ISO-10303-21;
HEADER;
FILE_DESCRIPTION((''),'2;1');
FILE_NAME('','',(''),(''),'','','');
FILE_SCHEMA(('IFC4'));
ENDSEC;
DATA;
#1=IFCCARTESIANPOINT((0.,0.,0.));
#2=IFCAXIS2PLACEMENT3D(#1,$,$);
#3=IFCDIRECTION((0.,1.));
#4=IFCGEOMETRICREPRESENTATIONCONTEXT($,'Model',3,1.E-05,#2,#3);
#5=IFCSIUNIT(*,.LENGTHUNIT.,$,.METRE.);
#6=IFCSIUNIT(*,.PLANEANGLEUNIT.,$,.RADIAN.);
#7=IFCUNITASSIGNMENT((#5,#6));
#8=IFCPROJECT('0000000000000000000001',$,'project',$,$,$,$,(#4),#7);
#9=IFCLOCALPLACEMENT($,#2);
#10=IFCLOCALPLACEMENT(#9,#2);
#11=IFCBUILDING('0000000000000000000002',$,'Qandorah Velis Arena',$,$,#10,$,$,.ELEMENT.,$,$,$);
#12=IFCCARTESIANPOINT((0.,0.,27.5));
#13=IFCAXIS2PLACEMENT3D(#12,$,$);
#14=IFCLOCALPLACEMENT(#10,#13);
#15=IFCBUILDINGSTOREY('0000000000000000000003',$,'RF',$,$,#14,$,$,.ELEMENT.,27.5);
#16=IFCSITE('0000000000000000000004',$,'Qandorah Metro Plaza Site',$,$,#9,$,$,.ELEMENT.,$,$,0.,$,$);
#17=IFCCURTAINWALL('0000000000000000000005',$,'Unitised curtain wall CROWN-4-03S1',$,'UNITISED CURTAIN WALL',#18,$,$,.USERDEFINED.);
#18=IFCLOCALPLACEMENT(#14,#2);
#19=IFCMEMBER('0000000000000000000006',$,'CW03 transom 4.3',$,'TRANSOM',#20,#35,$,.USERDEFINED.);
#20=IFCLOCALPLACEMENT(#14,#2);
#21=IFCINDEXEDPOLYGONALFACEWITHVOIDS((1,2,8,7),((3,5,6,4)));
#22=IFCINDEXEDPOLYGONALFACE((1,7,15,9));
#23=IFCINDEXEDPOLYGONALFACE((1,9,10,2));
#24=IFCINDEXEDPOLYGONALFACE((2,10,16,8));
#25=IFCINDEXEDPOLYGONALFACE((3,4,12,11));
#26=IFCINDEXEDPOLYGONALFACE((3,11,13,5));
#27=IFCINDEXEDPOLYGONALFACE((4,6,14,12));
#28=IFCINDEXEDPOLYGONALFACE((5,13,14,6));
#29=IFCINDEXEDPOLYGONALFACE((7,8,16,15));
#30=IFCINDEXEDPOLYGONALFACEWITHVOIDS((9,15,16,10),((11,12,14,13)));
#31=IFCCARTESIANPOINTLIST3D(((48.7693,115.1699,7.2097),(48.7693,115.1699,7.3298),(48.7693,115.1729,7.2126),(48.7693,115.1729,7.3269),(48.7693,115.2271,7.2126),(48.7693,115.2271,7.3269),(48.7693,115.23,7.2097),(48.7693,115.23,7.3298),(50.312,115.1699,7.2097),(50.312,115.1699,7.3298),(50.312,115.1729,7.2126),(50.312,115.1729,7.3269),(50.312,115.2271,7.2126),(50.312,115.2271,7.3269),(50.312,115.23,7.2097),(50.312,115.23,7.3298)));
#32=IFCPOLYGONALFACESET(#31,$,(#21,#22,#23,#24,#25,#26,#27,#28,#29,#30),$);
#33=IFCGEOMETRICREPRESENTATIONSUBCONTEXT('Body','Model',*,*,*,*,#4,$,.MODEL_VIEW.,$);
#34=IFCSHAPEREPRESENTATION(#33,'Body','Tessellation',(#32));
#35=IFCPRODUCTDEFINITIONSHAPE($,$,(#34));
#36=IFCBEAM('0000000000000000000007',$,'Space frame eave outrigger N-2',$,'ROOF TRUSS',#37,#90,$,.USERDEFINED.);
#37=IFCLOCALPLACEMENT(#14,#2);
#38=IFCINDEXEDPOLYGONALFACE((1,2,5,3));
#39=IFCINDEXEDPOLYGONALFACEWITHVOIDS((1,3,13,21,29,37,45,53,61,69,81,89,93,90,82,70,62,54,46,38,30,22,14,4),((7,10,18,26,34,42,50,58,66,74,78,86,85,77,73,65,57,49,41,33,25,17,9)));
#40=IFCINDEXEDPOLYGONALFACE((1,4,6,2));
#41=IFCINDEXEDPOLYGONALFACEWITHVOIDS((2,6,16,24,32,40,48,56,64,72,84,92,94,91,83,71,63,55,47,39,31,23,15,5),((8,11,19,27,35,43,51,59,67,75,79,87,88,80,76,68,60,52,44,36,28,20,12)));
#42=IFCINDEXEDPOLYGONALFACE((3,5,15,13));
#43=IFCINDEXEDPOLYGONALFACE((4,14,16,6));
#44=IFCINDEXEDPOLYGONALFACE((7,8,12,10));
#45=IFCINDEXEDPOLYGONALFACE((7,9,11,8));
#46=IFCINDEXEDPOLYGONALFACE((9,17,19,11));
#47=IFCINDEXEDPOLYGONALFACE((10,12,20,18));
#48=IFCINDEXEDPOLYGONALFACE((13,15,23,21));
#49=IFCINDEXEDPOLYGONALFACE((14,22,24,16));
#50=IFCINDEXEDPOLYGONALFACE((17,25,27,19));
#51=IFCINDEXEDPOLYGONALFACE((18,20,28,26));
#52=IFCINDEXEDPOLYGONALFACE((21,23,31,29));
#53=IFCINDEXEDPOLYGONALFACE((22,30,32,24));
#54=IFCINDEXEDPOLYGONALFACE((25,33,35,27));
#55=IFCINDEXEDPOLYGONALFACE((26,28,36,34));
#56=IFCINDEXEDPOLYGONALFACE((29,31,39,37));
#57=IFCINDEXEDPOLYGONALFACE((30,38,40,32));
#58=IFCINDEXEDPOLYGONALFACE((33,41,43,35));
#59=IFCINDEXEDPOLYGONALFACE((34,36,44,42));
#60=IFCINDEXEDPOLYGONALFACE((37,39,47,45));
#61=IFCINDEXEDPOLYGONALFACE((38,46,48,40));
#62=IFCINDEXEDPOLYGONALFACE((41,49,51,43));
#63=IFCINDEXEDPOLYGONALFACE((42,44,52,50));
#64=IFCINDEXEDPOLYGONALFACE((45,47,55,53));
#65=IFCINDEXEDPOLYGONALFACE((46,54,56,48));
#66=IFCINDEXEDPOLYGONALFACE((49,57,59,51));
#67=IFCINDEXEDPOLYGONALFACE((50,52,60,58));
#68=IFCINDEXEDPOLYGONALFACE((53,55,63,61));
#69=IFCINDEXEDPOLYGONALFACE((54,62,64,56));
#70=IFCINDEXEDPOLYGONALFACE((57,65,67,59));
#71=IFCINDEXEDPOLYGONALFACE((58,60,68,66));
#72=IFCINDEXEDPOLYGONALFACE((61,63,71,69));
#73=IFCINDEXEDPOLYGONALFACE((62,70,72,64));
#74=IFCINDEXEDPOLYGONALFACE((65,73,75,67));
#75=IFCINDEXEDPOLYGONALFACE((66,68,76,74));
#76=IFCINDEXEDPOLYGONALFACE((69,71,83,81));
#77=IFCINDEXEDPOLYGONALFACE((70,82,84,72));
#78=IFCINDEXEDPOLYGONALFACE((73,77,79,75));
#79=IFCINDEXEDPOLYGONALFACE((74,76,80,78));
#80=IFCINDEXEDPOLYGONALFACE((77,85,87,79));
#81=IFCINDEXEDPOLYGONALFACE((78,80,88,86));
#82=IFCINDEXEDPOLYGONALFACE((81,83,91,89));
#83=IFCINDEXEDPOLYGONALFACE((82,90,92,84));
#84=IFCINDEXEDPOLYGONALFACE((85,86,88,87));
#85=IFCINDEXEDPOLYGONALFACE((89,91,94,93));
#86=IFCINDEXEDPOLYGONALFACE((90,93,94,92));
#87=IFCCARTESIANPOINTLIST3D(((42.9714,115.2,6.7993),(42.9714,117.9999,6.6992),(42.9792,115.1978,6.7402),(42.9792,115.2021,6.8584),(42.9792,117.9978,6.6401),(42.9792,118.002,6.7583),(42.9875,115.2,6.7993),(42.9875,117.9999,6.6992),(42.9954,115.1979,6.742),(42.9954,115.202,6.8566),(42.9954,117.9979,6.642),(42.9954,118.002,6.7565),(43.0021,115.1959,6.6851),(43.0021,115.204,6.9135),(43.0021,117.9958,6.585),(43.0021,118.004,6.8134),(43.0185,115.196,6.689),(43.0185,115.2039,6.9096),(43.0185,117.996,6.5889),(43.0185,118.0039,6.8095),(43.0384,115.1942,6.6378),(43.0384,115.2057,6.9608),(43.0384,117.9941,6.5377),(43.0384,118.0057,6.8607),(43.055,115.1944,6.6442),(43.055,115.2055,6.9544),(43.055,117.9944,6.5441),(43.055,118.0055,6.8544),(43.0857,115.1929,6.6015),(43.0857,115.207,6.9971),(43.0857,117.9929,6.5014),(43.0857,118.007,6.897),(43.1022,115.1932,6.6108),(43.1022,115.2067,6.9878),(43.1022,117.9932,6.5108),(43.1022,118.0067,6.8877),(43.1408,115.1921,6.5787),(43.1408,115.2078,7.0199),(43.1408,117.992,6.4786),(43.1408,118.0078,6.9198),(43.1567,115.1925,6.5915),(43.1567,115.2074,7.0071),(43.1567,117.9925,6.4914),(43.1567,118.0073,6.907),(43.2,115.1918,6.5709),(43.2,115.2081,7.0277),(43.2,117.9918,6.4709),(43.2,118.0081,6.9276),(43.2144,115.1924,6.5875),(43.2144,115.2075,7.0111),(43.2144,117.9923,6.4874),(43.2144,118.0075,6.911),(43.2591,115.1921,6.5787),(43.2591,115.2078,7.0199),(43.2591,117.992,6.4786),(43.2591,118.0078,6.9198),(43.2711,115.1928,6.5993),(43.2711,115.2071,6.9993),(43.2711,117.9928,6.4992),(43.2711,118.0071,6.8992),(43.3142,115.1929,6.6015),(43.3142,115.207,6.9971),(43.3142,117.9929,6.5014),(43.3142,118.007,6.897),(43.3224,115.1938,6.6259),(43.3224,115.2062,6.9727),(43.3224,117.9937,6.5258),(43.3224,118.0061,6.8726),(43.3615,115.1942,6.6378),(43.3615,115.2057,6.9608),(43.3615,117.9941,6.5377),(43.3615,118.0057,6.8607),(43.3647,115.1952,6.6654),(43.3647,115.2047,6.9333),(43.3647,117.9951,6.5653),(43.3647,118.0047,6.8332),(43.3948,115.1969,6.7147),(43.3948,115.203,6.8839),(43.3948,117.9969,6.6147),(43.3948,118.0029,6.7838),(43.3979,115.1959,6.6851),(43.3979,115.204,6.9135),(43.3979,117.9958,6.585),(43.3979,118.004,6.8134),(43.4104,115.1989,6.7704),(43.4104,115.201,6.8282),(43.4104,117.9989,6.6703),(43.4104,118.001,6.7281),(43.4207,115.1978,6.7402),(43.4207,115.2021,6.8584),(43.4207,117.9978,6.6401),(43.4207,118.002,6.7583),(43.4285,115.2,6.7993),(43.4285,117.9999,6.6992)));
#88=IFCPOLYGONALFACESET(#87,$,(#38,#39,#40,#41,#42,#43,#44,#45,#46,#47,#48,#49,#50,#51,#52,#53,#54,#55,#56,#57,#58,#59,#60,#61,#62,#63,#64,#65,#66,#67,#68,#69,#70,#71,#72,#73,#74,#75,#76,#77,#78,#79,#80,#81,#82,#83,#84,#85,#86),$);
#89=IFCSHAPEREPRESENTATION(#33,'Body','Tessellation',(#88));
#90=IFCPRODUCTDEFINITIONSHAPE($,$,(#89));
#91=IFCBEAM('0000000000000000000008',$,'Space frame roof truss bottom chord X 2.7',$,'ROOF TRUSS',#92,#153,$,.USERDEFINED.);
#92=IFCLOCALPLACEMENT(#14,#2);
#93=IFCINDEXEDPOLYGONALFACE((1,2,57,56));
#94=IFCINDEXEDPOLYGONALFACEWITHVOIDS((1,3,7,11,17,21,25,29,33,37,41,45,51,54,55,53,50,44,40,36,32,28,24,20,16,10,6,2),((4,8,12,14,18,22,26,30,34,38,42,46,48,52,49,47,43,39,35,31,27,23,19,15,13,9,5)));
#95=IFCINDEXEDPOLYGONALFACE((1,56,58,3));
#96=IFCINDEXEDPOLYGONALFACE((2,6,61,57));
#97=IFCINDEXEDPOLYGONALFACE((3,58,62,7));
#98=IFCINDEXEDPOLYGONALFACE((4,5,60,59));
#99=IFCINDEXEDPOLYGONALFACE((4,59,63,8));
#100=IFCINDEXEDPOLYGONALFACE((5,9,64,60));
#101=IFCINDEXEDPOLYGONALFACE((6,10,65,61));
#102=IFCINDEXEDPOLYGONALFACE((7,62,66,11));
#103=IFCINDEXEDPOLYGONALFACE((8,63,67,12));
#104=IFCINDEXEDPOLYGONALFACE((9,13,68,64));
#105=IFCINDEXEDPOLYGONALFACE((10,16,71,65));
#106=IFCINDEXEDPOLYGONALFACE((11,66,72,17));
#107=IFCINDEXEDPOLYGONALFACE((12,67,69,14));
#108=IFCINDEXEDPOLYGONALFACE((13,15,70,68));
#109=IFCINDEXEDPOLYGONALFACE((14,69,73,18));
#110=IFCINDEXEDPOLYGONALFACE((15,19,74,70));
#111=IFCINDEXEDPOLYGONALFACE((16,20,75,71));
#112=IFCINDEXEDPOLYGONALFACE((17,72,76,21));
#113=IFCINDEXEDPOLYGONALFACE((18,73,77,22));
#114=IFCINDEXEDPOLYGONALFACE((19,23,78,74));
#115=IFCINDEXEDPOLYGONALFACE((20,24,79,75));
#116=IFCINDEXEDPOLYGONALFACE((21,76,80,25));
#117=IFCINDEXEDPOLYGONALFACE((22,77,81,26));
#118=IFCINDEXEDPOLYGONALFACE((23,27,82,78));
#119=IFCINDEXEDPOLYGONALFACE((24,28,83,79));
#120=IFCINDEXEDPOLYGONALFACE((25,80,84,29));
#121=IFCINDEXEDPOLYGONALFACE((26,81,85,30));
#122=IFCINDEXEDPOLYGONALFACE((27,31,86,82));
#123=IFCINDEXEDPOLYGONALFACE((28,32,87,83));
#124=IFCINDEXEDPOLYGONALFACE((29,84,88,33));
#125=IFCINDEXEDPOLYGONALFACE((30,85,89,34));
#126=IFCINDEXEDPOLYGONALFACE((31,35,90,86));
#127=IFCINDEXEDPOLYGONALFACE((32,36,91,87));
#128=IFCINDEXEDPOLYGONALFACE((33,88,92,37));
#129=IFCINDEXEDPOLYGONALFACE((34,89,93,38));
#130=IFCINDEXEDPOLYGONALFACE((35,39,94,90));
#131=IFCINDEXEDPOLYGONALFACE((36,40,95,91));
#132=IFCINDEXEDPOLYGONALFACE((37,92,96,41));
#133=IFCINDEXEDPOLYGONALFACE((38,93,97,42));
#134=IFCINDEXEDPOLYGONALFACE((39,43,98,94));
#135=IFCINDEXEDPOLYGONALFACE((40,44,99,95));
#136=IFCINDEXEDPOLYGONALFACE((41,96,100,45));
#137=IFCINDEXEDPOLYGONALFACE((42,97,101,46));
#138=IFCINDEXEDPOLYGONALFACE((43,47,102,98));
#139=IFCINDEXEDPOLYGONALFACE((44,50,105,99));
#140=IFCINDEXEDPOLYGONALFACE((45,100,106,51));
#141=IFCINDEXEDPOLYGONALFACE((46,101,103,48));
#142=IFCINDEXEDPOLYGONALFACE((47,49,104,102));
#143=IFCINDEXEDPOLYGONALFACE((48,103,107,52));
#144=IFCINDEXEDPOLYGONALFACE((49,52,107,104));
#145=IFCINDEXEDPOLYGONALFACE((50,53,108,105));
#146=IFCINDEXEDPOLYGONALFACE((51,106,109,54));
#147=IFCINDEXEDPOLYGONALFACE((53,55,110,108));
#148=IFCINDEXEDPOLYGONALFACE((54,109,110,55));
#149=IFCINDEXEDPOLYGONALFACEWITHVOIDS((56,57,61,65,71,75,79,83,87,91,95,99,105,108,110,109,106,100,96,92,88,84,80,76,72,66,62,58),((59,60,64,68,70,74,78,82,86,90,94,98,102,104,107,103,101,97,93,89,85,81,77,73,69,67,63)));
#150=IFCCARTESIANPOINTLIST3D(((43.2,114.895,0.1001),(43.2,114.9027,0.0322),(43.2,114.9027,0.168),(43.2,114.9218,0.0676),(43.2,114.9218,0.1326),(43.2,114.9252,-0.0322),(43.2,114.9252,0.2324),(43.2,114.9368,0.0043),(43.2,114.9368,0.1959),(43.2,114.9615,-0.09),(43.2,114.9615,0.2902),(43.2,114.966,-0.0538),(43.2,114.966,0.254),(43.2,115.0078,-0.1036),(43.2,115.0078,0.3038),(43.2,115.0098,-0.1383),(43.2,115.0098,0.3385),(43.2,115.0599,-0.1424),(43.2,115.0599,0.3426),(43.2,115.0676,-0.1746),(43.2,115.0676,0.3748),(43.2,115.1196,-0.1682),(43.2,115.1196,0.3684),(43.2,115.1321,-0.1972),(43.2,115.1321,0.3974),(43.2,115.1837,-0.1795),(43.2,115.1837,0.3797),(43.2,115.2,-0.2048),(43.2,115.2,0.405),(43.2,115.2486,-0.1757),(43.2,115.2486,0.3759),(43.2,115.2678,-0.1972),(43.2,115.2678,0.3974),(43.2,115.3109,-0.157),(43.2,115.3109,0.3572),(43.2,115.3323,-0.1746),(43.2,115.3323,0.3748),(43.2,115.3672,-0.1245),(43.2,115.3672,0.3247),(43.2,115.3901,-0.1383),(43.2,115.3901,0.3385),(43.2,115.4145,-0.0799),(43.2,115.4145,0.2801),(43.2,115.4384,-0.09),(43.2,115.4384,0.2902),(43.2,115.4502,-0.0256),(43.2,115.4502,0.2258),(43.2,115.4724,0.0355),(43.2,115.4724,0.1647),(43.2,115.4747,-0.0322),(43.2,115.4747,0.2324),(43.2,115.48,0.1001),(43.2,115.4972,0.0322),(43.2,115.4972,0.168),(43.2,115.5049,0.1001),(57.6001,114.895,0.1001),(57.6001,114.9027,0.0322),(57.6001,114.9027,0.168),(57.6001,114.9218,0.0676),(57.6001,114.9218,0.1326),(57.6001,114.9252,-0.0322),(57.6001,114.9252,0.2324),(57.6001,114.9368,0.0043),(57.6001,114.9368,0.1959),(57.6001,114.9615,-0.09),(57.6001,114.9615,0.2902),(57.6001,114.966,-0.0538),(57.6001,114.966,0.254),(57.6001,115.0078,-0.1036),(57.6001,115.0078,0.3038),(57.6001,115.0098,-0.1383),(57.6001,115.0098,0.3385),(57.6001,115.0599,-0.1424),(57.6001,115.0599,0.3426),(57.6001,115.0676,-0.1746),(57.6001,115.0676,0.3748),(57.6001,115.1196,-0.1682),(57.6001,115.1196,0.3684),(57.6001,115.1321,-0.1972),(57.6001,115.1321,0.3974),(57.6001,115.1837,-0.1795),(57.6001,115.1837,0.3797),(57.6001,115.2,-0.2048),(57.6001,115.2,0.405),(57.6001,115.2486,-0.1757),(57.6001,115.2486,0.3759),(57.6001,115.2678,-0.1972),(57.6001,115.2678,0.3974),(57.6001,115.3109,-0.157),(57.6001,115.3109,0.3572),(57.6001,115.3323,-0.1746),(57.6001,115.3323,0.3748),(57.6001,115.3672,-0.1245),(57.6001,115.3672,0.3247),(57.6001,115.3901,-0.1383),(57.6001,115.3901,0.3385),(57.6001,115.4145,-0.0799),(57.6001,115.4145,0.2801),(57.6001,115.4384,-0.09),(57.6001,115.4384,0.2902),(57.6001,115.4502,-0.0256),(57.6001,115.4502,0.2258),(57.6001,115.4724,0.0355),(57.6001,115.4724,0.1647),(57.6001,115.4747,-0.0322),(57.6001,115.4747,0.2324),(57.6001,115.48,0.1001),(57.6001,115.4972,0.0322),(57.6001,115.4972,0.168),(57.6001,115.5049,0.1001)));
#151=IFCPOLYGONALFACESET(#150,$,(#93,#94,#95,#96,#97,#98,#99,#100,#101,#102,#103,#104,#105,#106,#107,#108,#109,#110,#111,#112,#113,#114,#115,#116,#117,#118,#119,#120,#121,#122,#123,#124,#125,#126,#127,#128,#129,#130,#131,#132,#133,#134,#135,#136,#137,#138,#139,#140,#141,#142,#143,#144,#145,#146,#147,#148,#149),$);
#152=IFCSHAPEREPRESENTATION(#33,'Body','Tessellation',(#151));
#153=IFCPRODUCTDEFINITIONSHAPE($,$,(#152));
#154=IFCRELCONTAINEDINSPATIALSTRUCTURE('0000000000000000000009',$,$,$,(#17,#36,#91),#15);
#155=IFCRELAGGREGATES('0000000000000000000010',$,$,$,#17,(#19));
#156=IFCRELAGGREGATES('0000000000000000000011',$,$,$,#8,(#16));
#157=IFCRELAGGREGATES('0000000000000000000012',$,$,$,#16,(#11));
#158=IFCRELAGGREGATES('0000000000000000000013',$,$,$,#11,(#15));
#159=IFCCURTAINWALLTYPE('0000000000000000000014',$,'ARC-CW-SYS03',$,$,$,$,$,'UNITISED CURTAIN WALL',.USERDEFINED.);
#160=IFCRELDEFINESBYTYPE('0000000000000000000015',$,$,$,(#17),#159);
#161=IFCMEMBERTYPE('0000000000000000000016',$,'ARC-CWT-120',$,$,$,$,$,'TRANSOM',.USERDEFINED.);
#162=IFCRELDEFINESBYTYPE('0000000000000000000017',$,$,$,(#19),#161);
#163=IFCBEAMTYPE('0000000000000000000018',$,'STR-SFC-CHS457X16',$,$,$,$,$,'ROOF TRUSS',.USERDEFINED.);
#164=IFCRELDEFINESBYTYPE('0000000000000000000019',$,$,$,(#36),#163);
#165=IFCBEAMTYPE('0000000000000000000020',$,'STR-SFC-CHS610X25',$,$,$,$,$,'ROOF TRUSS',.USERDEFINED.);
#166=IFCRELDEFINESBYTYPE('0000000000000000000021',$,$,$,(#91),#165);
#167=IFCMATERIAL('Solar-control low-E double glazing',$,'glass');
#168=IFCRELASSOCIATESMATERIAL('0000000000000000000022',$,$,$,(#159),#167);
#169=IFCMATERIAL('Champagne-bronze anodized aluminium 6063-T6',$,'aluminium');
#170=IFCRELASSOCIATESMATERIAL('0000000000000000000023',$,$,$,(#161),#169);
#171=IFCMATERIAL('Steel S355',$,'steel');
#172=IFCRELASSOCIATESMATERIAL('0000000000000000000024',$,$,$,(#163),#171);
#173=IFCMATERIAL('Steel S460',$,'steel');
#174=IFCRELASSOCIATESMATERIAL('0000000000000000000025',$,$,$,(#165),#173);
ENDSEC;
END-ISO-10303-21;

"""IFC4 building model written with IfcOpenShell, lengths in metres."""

from ifc_helpers import new_model, si_unit, direction, frame, origin, origin_2d, place, context, subcontext, project, spatial, hollow_rectangle, hollow_circle, extrude, material, material_profile, profile_set, type_object, element, aggregate, save


model = new_model("IFC4")

# Units and contexts
model_context = context("Model", 3, precision=1e-05, world=origin(), true_north=direction((0.0, 1.0)))
body_context = subcontext(model_context, "Body", "Model", "MODEL_VIEW")
ifc_project = project(units=[si_unit("LENGTHUNIT", "METRE"), si_unit("PLANEANGLEUNIT", "RADIAN")], contexts=[model_context])

# Site, building, storey
site_placement = place(None, origin())
site = spatial("IfcSite", under=ifc_project, at=site_placement, Name="Qandorah Metro Plaza Site", CompositionType="ELEMENT", RefElevation=0.0)
building_placement = place(site_placement, origin())
building = spatial("IfcBuilding", under=site, at=building_placement, Name="Qandorah Velis Arena", CompositionType="ELEMENT")
storey_placement = place(building_placement, frame((0.0, 0.0, 27.5)))
storey = spatial("IfcBuildingStorey", under=building, at=storey_placement, Name="RF", CompositionType="ELEMENT", Elevation=27.5)

# Curtain wall
ifc_material_1 = material(Name="Solar-control low-E double glazing", Category="glass")
curtain_wall_type_1 = type_object("IfcCurtainWallType", Name="ARC-CW-SYS03", ElementType="UNITISED CURTAIN WALL", PredefinedType="USERDEFINED", material=ifc_material_1)
ifc_material_2 = material(Name="Champagne-bronze anodized aluminium 6063-T6", Category="aluminium")
curtain_wall_1_placement = place(storey_placement, origin())
curtain_wall_1 = element("IfcCurtainWall", 1, at=curtain_wall_1_placement, inside=storey, type_object=curtain_wall_type_1, Name="Unitised curtain wall CROWN-4-03S1", ObjectType="UNITISED CURTAIN WALL", PredefinedType="USERDEFINED")

# Member
ifc_material_profile_1 = material_profile(ifc_material_2, hollow_rectangle(XDim=0.0601, YDim=0.1201, WallThickness=0.0029, at=origin_2d()), Name="ALU TRANSOM 60x120")
ifc_profile_set_1 = profile_set([ifc_material_profile_1], Name="Champagne-bronze anodized aluminium 6063-T6")
member_type_1 = type_object("IfcMemberType", Name="ARC-CWT-120", ElementType="TRANSOM", PredefinedType="USERDEFINED", material=ifc_profile_set_1)
member_1_placement = place(storey_placement, frame((48.7693, 115.2, 7.2698), z_axis=(1.0, 0.0, 0.0), x_axis=(0.0, 1.0, 0.0)))
member_1 = element("IfcMember", 2, at=member_1_placement, type_object=member_type_1, Name="CW03 transom 4.3", ObjectType="TRANSOM", PredefinedType="USERDEFINED", context=body_context, shape_type="SweptSolid", body=[
    extrude(hollow_rectangle(XDim=0.0601, YDim=0.1201, WallThickness=0.0029, at=origin_2d()), origin(), (0.0, 0.0, 1.0), 1.5427),
])

# Beams
ifc_material_3 = material(Name="Steel S355", Category="steel")
ifc_material_profile_2 = material_profile(ifc_material_3, hollow_circle(Radius=0.2285, WallThickness=0.0161, at=origin_2d()), Name="CHS 457x16")
ifc_profile_set_2 = profile_set([ifc_material_profile_2], Name="Steel S355")
beam_type_1 = type_object("IfcBeamType", Name="STR-SFC-CHS457X16", ElementType="ROOF TRUSS", PredefinedType="USERDEFINED", material=ifc_profile_set_2)
beam_1_placement = place(storey_placement, frame((43.2, 115.2, 6.7993), z_axis=(0.0, 0.999362, -0.035726), x_axis=(-1.0, 0.0, 0.0)))
element("IfcBeam", 3, at=beam_1_placement, inside=storey, type_object=beam_type_1, Name="Space frame eave outrigger N-2", ObjectType="ROOF TRUSS", PredefinedType="USERDEFINED", context=body_context, shape_type="SweptSolid", body=[
    extrude(hollow_circle(Radius=0.2285, WallThickness=0.0161, at=origin_2d()), origin(), (0.0, 0.0, 1.0), 2.8018),
])
ifc_material_4 = material(Name="Steel S460", Category="steel")
ifc_material_profile_3 = material_profile(ifc_material_4, hollow_circle(Radius=0.3049, WallThickness=0.0249, at=origin_2d()), Name="CHS 610x25")
ifc_profile_set_3 = profile_set([ifc_material_profile_3], Name="Steel S460")
beam_type_2 = type_object("IfcBeamType", Name="STR-SFC-CHS610X25", ElementType="ROOF TRUSS", PredefinedType="USERDEFINED", material=ifc_profile_set_3)
beam_2_placement = place(storey_placement, frame((43.2, 115.2, 0.1001), z_axis=(1.0, 0.0, 0.0), x_axis=(0.0, 1.0, 0.0)))
element("IfcBeam", 4, at=beam_2_placement, inside=storey, type_object=beam_type_2, Name="Space frame roof truss bottom chord X 2.7", ObjectType="ROOF TRUSS", PredefinedType="USERDEFINED", context=body_context, shape_type="SweptSolid", body=[
    extrude(hollow_circle(Radius=0.3049, WallThickness=0.0249, at=origin_2d()), origin(), (0.0, 0.0, 1.0), 14.4001),
])

aggregate(curtain_wall_1, [member_1])

save(model, "model.ifc")
